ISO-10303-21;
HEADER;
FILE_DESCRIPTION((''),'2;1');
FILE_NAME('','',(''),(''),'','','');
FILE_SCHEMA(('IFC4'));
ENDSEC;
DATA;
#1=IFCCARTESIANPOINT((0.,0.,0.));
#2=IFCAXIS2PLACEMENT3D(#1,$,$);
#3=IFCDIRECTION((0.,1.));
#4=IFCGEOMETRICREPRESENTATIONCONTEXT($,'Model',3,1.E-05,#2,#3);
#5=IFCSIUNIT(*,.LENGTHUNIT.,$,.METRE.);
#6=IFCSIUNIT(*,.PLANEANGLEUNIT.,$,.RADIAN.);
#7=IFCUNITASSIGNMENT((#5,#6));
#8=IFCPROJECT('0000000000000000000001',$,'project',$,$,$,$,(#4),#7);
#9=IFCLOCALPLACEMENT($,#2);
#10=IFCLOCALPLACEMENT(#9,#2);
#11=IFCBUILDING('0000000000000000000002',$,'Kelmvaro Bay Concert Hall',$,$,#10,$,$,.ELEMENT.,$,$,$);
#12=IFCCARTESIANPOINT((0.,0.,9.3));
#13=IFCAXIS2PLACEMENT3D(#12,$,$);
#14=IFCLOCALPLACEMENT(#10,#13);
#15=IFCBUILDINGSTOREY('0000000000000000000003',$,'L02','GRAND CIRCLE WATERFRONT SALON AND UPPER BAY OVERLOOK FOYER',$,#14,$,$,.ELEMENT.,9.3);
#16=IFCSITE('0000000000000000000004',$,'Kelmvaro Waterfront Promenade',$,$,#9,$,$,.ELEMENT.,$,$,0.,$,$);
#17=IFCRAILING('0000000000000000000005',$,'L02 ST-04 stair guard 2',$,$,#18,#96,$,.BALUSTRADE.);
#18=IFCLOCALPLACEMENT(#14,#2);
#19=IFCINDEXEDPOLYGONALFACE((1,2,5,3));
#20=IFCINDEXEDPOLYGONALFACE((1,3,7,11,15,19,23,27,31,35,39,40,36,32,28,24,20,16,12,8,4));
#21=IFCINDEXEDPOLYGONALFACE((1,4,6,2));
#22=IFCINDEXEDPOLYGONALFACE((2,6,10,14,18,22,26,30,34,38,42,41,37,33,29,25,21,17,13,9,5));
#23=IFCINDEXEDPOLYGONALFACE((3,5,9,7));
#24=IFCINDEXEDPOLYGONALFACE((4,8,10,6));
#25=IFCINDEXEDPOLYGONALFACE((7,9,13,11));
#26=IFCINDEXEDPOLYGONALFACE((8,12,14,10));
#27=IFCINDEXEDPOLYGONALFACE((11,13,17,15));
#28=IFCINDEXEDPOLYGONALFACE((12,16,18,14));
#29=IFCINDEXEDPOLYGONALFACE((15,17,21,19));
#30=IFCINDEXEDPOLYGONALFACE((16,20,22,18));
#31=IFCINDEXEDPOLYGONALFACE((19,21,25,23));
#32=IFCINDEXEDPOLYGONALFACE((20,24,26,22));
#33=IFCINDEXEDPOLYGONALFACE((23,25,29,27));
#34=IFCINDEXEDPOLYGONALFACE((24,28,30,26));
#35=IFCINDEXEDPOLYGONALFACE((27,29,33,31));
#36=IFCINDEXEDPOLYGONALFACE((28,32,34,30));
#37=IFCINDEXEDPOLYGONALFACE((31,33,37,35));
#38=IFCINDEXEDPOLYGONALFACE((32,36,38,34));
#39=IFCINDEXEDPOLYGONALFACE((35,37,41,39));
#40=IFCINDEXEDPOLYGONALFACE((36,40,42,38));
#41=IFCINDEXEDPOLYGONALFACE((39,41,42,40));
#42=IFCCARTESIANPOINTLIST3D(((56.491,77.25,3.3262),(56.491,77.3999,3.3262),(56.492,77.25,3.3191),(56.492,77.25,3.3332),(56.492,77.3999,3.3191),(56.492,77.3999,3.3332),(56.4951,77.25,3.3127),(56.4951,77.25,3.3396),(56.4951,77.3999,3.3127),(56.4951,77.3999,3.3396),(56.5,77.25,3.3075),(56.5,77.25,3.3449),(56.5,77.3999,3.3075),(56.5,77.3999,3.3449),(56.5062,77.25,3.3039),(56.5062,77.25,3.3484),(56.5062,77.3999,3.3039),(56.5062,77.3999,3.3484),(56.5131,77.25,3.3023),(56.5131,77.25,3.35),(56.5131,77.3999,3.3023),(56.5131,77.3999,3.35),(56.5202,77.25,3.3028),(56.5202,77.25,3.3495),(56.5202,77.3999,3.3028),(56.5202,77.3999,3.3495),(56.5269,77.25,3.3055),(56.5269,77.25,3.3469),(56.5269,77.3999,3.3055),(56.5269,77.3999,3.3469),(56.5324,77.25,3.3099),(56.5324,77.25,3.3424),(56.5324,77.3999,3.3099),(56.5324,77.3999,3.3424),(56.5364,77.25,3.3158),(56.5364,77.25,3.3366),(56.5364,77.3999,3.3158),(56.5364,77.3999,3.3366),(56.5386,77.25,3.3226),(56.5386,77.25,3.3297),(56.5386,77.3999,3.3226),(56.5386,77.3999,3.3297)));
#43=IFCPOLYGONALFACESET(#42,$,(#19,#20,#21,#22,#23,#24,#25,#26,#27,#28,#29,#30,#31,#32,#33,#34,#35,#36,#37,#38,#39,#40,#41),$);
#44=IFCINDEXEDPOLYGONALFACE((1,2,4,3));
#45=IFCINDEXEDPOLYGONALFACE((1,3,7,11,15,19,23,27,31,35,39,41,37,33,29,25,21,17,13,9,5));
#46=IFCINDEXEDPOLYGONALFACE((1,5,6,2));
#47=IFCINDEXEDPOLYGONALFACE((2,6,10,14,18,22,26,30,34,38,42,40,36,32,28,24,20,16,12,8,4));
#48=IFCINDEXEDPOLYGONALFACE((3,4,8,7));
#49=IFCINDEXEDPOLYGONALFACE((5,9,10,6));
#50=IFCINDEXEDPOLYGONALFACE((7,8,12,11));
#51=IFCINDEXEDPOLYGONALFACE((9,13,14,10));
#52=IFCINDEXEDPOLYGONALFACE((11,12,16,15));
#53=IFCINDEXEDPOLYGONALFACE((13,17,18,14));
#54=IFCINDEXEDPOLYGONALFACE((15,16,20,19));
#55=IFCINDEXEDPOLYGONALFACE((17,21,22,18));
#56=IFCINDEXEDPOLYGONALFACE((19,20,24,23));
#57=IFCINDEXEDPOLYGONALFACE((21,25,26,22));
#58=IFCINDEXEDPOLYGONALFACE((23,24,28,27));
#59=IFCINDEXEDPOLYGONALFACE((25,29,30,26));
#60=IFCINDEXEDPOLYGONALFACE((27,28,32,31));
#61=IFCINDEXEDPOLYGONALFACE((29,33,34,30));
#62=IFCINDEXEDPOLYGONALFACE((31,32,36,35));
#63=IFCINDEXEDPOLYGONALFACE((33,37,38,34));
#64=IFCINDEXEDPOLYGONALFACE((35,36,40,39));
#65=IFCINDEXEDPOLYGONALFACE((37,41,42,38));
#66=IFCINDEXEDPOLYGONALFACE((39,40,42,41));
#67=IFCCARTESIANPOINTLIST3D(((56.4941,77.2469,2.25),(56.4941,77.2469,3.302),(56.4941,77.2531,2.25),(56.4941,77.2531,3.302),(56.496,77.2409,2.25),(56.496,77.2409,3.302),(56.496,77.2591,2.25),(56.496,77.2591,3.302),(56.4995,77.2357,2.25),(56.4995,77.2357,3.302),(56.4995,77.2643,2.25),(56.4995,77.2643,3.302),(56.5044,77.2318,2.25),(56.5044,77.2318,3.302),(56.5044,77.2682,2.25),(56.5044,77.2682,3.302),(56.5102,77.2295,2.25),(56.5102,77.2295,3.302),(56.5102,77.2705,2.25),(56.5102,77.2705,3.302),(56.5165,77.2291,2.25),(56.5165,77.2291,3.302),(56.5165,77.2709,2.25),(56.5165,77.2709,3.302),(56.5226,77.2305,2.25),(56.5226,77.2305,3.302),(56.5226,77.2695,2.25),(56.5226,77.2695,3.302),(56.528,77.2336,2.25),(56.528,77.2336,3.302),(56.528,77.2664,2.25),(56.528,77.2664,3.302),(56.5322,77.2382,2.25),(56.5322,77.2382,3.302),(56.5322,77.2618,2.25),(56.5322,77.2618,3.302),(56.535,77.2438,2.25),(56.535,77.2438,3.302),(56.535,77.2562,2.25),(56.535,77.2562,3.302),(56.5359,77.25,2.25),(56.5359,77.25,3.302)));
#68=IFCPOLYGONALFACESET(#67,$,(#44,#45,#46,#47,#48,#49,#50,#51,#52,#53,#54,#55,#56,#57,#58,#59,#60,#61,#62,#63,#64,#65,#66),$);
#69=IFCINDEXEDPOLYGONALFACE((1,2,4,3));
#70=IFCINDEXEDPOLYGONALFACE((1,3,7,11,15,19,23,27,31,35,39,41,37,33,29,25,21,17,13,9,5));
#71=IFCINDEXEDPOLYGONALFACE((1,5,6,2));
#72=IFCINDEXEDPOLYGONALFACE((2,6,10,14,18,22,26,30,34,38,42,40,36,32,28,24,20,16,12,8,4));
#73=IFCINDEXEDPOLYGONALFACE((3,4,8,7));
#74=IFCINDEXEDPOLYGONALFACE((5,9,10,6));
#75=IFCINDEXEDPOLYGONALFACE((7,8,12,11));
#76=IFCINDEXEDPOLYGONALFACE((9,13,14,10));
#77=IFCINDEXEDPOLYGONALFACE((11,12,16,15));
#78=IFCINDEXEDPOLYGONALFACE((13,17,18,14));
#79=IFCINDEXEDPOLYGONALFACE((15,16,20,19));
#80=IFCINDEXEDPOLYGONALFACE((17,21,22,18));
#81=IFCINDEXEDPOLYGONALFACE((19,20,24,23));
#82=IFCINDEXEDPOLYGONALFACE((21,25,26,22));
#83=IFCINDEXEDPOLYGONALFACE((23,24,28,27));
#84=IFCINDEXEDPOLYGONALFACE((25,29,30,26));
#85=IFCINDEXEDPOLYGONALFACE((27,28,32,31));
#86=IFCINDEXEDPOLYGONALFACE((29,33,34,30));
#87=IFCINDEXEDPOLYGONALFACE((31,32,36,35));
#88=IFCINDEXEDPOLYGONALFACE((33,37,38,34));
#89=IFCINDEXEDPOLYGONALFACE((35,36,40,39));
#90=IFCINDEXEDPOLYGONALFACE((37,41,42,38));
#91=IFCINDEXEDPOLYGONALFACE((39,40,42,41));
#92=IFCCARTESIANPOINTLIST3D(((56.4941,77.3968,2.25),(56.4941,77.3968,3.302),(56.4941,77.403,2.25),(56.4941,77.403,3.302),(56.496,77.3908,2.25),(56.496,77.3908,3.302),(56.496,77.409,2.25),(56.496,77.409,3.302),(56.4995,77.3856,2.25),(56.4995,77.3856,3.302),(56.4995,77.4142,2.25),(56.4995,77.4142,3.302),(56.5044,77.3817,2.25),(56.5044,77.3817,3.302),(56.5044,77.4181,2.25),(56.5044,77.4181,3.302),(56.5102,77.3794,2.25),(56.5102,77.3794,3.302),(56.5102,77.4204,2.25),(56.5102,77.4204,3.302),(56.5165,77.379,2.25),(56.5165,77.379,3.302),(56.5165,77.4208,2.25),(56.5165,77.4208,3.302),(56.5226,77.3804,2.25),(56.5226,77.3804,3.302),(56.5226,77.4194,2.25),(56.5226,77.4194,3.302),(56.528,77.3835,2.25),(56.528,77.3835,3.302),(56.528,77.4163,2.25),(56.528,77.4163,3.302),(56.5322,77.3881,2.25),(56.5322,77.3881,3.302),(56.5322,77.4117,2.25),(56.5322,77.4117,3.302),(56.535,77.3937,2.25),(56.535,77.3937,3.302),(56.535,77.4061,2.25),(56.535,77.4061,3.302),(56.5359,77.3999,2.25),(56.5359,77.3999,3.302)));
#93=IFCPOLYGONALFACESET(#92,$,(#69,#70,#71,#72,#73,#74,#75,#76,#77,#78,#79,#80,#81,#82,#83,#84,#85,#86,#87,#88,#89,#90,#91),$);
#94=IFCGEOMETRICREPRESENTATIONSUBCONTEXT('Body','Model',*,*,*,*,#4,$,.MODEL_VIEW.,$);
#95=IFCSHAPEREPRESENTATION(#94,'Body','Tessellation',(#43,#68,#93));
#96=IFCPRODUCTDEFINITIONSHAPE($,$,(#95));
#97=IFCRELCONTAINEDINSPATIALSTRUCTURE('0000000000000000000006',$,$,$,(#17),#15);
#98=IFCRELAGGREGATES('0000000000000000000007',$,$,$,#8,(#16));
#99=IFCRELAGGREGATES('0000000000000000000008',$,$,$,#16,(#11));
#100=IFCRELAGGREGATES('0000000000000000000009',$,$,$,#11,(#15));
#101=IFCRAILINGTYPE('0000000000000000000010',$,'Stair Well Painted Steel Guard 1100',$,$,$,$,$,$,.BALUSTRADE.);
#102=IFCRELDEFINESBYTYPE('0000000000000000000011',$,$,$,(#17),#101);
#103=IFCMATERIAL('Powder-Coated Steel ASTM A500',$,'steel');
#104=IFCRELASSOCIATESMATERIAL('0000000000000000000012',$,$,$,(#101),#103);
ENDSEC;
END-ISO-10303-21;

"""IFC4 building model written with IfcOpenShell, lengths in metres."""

from ifc_helpers import new_model, si_unit, direction, frame, origin, origin_2d, place, context, subcontext, project, spatial, circle, extrude, material, type_object, element, save


model = new_model("IFC4")

# Units and contexts
model_context = context("Model", 3, precision=1e-05, world=origin(), true_north=direction((0.0, 1.0)))
body_context = subcontext(model_context, "Body", "Model", "MODEL_VIEW")
ifc_project = project(units=[si_unit("LENGTHUNIT", "METRE"), si_unit("PLANEANGLEUNIT", "RADIAN")], contexts=[model_context])

# Site, building, storey
site_placement = place(None, origin())
site = spatial("IfcSite", under=ifc_project, at=site_placement, Name="Kelmvaro Waterfront Promenade", CompositionType="ELEMENT", RefElevation=0.0)
building_placement = place(site_placement, origin())
building = spatial("IfcBuilding", under=site, at=building_placement, Name="Kelmvaro Bay Concert Hall", CompositionType="ELEMENT")
storey_placement = place(building_placement, frame((0.0, 0.0, 9.3)))
storey = spatial("IfcBuildingStorey", under=building, at=storey_placement, Name="L02", Description="GRAND CIRCLE WATERFRONT SALON AND UPPER BAY OVERLOOK FOYER", CompositionType="ELEMENT", Elevation=9.3)

# Railing
ifc_material_1 = material(Name="Powder-Coated Steel ASTM A500", Category="steel")
railing_type_1 = type_object("IfcRailingType", Name="Stair Well Painted Steel Guard 1100", PredefinedType="BALUSTRADE", material=ifc_material_1)
railing_1_placement = place(storey_placement, frame((56.5149, 77.25, 2.25)))
element("IfcRailing", 1, at=railing_1_placement, inside=storey, type_object=railing_type_1, Name="L02 ST-04 stair guard 2", PredefinedType="BALUSTRADE", context=body_context, shape_type="SweptSolid", body=[
    extrude(circle(Radius=0.0239, at=origin_2d()), frame((0.0, 0.0, 1.0762), z_axis=(0.0, 1.0, 0.0), x_axis=(-1.0, 0.0, 0.0)), (0.0, 0.0, 1.0), 0.1499),
    extrude(circle(Radius=0.021, at=origin_2d()), origin(), (0.0, 0.0, 1.0), 1.052),
    extrude(circle(Radius=0.021, at=origin_2d()), frame((0.0, 0.1499, 0.0)), (0.0, 0.0, 1.0), 1.052),
])

save(model, "model.ifc")
